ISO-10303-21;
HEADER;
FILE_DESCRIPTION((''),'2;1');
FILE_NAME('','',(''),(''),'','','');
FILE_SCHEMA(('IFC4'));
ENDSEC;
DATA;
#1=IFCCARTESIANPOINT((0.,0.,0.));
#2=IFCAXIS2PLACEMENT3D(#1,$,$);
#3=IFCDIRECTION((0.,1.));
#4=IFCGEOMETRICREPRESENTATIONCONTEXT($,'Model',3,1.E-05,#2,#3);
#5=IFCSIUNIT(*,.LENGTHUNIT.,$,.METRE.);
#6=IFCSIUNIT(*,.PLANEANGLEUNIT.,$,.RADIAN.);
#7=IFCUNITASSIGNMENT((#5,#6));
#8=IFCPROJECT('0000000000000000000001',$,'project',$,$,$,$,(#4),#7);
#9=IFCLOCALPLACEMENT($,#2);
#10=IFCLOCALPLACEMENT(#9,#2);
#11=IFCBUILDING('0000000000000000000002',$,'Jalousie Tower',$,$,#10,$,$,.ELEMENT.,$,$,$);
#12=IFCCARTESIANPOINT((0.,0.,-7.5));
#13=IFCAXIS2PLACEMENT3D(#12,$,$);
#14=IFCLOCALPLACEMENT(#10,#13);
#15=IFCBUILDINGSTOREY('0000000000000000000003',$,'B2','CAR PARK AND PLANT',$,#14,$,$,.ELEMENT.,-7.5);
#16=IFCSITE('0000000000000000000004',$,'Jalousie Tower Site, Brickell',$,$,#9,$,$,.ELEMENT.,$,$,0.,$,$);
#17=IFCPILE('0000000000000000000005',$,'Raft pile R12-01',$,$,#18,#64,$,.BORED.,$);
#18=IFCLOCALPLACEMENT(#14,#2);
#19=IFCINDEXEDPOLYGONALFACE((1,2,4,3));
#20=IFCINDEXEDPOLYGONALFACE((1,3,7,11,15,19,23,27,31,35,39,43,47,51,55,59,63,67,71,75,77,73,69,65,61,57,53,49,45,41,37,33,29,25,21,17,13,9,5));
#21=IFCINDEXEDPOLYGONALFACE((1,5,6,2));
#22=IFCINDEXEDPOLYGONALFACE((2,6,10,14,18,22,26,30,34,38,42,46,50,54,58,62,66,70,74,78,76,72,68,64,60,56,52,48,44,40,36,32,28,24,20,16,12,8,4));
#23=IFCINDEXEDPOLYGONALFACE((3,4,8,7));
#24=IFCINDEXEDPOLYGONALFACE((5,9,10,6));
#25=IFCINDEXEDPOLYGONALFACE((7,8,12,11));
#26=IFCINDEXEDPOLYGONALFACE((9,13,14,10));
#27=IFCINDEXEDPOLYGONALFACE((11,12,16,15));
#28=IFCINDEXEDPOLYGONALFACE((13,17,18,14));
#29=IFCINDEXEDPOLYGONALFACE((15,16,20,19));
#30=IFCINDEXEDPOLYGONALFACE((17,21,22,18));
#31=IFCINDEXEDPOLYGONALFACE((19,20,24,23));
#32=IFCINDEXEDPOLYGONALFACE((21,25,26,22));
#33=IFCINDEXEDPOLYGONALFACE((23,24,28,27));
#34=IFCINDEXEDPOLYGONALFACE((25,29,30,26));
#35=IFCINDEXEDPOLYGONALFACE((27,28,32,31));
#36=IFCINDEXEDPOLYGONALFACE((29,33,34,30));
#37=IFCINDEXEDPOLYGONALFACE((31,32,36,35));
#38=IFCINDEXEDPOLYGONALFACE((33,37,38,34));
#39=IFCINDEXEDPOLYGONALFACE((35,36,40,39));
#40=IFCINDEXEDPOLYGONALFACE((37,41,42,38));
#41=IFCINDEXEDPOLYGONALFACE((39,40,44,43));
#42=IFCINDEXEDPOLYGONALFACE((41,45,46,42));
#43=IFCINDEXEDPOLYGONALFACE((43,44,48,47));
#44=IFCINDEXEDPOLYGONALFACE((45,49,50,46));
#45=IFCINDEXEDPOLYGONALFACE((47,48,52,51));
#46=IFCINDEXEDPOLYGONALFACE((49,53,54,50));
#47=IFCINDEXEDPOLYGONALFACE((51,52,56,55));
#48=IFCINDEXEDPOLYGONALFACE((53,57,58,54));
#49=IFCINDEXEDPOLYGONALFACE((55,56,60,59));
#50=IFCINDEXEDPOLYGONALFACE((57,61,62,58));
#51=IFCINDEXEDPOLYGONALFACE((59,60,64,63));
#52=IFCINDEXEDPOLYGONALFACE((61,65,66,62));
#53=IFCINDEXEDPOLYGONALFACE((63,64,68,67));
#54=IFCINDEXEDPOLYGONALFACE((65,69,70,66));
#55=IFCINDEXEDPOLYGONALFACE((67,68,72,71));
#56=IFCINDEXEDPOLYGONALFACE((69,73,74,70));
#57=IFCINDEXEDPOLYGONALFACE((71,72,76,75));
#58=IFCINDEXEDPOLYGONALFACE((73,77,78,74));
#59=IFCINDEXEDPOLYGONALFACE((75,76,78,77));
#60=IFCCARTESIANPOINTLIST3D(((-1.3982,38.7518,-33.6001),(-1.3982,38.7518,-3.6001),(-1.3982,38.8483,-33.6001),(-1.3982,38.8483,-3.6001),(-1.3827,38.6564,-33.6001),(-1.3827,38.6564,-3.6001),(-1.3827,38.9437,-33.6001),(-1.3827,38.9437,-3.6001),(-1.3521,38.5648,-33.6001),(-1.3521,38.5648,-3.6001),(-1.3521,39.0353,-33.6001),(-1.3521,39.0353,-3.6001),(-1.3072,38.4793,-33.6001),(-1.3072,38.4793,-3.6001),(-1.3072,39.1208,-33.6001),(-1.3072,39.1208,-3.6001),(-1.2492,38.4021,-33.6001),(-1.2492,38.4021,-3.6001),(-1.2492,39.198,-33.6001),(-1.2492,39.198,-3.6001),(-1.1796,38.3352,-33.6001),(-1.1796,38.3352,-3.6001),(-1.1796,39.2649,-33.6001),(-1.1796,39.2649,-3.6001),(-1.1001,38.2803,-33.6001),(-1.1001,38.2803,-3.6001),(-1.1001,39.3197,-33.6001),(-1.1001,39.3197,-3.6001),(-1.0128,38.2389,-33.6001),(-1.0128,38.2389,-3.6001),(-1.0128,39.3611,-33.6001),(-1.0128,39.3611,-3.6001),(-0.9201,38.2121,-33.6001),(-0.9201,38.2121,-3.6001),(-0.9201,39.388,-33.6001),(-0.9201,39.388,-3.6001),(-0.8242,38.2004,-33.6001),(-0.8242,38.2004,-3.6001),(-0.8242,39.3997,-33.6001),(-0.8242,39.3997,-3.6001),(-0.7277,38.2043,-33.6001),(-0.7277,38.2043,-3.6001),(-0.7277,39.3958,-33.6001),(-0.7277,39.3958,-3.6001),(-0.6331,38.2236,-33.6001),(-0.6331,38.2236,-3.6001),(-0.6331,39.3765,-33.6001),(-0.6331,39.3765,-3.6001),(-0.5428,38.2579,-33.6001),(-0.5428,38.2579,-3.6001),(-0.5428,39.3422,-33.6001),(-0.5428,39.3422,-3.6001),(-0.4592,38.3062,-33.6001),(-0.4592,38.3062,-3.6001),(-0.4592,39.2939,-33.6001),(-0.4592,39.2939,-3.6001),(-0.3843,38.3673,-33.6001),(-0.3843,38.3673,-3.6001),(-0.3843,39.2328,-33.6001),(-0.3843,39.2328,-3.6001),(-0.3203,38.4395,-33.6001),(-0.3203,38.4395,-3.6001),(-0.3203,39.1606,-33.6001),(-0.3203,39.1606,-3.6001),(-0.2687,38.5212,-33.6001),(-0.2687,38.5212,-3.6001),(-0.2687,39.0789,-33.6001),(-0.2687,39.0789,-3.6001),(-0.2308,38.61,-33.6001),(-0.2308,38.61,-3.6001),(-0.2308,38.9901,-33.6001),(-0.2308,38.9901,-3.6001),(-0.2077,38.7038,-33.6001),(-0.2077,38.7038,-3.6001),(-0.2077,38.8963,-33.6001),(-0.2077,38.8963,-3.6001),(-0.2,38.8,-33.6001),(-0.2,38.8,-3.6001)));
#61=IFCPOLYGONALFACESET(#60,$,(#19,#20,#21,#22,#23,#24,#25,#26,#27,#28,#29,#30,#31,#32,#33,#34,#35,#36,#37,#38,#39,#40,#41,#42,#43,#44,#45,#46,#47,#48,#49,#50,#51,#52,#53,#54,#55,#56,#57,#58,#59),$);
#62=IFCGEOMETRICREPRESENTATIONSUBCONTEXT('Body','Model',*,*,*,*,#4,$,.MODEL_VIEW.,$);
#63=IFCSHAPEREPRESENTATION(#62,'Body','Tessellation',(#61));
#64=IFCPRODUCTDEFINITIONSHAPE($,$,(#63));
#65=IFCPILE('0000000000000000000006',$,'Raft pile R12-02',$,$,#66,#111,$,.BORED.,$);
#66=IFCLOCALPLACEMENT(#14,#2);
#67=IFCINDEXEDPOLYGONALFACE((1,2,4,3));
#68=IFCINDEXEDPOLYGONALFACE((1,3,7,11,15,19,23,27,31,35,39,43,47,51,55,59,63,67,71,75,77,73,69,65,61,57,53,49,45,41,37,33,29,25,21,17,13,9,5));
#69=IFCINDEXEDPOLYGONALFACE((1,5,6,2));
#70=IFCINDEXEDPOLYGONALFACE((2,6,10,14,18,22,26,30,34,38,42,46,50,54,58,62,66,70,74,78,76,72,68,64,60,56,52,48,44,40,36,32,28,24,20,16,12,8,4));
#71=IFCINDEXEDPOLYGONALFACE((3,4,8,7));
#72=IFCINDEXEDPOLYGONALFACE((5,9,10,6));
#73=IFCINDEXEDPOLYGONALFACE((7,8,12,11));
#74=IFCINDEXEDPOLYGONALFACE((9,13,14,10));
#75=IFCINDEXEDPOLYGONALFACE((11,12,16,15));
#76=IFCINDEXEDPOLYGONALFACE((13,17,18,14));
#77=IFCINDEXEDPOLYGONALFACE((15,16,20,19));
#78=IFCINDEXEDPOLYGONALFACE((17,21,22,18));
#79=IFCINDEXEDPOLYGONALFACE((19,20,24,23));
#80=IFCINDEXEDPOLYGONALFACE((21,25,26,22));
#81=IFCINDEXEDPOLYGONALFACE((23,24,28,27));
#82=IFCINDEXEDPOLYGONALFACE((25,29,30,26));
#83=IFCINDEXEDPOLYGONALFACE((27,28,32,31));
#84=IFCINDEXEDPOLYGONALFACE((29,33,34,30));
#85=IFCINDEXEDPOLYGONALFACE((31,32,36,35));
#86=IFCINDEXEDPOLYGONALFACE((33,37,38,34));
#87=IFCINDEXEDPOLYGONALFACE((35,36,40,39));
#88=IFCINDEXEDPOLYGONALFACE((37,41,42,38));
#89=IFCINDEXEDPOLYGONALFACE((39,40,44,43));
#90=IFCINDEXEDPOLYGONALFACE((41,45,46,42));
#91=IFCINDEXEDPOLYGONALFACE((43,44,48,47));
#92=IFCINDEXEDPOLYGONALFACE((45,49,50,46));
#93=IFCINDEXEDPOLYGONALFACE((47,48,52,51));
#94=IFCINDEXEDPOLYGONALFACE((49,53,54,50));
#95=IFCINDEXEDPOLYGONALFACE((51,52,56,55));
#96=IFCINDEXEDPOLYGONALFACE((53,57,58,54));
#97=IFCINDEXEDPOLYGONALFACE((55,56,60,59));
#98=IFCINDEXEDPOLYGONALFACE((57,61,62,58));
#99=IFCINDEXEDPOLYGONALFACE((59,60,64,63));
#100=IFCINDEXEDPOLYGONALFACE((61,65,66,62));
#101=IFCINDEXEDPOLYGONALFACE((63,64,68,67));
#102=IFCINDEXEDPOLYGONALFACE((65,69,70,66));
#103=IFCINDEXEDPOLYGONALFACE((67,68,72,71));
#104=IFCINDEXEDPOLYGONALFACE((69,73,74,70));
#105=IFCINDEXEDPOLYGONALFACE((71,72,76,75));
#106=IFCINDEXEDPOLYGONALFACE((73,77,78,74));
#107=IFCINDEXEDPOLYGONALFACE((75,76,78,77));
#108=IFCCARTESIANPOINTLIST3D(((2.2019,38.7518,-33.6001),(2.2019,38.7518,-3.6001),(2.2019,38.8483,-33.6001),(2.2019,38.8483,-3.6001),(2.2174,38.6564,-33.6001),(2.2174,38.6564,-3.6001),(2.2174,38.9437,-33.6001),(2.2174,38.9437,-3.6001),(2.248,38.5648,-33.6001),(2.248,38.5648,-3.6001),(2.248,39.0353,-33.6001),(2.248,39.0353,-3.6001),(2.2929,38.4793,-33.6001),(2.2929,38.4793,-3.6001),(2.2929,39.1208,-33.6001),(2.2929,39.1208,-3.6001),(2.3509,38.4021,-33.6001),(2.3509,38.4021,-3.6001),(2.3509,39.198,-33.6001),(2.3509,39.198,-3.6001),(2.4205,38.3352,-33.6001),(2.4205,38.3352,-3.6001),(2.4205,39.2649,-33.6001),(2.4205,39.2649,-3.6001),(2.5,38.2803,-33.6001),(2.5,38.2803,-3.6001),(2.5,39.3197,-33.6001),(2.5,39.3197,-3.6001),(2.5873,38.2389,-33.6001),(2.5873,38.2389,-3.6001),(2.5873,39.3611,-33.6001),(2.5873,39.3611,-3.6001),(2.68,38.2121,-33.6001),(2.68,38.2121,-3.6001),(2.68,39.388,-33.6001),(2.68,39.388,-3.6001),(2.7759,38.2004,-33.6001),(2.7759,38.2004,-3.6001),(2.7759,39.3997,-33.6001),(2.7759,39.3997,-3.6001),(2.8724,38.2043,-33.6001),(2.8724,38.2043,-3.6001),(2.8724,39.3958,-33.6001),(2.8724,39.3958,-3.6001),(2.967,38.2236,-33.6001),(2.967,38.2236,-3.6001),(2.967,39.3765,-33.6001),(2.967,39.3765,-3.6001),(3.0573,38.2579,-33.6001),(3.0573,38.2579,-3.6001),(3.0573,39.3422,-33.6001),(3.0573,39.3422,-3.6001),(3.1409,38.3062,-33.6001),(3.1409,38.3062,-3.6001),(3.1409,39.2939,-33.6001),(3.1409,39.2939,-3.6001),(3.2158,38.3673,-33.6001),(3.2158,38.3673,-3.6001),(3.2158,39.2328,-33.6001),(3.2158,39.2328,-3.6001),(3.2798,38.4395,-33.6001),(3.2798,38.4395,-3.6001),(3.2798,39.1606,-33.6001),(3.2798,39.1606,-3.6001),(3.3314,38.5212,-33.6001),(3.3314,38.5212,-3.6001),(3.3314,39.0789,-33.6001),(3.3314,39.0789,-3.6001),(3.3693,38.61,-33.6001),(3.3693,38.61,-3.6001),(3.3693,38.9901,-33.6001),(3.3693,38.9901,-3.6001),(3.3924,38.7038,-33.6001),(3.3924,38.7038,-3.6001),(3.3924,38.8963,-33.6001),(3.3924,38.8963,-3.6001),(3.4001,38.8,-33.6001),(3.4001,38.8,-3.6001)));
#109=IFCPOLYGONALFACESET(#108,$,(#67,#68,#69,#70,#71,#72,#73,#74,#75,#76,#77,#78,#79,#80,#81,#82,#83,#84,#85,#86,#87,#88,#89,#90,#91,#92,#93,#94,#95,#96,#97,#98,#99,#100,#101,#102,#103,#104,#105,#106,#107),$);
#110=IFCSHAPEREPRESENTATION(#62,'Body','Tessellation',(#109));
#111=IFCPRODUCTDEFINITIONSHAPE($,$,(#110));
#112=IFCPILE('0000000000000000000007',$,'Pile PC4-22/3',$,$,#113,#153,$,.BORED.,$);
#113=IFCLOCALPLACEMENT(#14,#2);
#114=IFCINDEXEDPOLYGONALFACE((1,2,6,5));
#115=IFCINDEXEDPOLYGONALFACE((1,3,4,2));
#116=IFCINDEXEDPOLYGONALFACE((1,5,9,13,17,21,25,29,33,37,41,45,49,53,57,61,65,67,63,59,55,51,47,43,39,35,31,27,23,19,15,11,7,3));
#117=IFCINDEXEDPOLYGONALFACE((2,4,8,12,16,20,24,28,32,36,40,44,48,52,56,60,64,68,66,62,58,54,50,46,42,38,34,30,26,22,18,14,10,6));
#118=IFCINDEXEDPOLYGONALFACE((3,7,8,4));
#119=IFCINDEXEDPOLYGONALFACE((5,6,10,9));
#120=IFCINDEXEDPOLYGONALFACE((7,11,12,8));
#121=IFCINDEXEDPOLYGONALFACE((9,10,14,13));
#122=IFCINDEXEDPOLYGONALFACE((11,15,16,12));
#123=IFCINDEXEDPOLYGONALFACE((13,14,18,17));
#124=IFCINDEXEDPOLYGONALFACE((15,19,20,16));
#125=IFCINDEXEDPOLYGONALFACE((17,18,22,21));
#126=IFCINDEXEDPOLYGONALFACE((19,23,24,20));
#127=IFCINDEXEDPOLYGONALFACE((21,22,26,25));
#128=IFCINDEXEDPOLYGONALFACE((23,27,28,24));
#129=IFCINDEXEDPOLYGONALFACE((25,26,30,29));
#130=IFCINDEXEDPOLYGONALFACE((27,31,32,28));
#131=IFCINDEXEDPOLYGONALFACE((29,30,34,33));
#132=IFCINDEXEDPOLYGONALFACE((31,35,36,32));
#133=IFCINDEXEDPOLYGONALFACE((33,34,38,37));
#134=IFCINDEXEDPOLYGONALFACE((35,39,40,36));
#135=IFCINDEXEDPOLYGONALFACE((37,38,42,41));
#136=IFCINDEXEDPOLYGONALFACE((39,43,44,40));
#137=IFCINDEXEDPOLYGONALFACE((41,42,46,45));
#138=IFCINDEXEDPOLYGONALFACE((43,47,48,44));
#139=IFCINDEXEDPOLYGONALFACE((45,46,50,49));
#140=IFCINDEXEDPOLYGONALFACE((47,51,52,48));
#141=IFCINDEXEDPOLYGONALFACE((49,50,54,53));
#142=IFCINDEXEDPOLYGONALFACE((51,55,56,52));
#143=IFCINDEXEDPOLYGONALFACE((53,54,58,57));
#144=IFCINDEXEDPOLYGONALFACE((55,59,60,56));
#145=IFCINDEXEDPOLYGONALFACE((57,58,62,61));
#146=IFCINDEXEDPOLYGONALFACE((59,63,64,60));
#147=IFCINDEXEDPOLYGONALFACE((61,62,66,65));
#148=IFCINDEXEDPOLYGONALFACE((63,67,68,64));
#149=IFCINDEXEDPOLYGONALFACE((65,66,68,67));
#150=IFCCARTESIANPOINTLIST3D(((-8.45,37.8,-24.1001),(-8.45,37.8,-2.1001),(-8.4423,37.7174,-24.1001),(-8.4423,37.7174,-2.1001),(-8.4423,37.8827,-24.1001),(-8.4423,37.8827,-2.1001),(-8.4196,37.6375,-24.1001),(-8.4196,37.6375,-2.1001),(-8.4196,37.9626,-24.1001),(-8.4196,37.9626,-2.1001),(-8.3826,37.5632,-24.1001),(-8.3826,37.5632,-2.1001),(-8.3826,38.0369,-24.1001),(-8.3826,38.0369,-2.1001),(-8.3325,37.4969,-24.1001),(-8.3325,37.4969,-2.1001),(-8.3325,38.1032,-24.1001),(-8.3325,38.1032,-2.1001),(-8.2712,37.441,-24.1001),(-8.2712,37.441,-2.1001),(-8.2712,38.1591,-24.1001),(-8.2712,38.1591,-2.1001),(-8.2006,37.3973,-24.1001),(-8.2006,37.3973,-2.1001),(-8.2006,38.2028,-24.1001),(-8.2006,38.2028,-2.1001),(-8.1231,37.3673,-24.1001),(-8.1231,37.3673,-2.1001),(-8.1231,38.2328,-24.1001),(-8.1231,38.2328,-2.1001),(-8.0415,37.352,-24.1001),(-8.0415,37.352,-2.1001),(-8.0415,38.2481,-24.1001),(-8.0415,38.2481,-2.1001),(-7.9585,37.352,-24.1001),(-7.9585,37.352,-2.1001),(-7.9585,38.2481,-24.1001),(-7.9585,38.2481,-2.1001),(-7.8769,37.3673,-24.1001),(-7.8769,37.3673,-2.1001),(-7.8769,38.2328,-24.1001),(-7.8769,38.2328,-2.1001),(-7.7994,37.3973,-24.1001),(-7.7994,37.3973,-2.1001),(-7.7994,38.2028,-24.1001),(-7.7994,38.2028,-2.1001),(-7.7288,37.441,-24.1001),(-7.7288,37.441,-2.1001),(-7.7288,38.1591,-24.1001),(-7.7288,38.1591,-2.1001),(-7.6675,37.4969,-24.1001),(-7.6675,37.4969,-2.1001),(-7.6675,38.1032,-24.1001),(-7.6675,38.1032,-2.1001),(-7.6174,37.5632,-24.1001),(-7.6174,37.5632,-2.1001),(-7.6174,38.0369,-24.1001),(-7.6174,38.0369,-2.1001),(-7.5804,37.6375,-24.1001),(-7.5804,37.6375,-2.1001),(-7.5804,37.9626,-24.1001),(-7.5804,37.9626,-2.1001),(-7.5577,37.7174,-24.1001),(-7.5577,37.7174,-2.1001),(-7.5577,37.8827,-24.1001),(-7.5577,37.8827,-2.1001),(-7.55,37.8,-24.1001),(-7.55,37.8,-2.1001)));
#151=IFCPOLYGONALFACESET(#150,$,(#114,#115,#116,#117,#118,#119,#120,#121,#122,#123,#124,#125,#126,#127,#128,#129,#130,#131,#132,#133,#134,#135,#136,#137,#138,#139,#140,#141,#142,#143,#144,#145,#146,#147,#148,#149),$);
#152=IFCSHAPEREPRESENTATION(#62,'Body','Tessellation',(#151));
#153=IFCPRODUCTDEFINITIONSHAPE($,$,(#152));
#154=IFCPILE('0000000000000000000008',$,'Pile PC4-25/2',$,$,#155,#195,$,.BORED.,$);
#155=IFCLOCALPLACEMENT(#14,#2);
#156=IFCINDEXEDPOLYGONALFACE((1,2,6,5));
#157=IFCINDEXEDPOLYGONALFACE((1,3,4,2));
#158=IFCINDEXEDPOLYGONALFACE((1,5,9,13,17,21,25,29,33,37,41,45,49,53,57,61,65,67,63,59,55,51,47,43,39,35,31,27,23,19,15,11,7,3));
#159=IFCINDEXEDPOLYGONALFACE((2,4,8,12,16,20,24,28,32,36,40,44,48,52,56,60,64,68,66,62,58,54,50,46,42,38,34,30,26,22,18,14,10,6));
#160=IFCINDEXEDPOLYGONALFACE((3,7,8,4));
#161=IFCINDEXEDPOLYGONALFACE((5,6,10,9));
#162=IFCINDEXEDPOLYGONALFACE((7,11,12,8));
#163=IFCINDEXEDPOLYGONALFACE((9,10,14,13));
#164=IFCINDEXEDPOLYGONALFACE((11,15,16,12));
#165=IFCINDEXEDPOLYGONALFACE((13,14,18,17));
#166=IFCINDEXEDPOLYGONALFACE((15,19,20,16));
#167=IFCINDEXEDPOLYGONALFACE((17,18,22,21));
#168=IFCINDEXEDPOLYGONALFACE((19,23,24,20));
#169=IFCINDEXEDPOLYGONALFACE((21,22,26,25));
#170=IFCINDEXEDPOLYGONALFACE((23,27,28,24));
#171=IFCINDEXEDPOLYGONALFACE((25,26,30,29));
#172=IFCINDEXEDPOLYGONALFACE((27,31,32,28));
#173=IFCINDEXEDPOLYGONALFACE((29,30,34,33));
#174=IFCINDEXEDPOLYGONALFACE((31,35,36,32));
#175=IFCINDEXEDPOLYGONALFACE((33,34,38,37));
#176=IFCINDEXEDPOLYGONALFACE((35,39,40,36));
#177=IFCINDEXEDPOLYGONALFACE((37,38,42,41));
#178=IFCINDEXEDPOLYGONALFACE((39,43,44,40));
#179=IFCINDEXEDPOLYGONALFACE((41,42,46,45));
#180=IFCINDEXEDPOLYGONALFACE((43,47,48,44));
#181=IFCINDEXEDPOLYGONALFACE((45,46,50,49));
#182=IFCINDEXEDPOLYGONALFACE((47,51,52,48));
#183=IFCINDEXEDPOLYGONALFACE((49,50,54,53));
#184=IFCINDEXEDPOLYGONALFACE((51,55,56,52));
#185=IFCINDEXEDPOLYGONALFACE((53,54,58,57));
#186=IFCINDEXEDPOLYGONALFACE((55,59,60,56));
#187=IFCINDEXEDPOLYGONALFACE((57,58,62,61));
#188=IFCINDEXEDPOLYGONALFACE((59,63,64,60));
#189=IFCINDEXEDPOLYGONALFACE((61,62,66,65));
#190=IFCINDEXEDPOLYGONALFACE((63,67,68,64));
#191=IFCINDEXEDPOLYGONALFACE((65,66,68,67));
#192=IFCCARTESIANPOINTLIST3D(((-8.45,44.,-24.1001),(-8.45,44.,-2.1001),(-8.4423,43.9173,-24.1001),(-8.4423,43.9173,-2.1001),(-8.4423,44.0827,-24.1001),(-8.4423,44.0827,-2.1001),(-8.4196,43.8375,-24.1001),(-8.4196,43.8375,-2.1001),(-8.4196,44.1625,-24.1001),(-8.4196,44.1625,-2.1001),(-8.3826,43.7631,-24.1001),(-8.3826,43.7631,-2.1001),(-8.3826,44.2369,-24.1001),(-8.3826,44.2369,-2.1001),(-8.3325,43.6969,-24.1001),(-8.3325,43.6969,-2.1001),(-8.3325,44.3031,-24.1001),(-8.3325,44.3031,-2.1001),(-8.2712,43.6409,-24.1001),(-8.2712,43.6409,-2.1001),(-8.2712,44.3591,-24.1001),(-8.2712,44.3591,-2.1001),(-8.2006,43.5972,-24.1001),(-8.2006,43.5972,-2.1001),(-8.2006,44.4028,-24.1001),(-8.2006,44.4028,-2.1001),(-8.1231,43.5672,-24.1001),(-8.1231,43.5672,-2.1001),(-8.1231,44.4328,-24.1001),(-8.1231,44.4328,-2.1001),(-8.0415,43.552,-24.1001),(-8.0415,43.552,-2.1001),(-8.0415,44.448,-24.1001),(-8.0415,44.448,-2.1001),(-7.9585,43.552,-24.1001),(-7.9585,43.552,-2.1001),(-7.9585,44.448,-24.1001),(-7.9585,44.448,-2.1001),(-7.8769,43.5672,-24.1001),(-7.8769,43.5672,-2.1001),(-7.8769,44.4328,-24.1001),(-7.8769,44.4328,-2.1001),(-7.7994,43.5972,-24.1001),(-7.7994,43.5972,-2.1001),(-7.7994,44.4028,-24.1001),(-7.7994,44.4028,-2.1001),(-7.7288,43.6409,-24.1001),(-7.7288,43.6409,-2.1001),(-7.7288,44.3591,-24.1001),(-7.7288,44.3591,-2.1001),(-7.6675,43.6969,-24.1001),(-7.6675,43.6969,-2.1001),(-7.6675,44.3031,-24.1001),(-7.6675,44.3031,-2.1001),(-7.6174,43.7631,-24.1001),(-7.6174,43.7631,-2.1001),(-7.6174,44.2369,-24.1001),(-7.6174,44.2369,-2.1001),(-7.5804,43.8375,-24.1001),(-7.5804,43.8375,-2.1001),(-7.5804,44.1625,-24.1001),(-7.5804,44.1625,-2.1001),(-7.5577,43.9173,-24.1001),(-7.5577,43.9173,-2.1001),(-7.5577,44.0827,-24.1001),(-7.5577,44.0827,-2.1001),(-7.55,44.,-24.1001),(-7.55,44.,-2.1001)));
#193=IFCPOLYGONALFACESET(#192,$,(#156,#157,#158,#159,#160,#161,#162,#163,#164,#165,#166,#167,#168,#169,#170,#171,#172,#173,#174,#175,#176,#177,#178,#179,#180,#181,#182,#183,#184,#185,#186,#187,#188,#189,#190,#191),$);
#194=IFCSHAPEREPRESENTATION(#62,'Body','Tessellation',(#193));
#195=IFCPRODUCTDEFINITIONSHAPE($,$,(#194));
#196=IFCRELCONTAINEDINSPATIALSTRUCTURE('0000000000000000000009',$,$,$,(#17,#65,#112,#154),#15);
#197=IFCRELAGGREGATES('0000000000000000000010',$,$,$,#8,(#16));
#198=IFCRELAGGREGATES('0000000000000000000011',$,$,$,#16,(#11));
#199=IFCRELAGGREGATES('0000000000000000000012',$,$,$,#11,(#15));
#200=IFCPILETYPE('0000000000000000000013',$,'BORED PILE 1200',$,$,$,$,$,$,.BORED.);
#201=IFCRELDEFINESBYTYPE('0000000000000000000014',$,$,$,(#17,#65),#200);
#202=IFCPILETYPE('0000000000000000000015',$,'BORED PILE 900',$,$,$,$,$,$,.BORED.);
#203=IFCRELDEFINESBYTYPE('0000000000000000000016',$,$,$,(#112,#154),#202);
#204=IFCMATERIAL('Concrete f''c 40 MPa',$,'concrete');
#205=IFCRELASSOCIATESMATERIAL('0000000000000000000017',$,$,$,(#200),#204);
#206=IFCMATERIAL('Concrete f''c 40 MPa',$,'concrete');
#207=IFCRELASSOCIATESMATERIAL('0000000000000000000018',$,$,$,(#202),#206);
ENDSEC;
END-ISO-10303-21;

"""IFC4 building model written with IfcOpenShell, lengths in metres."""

from ifc_helpers import new_model, si_unit, direction, frame, origin, origin_2d, place, context, subcontext, project, spatial, circle, extrude, material, material_profile, profile_set, type_object, element, save


model = new_model("IFC4")

# Units and contexts
model_context = context("Model", 3, precision=1e-05, world=origin(), true_north=direction((0.0, 1.0)))
body_context = subcontext(model_context, "Body", "Model", "MODEL_VIEW")
ifc_project = project(units=[si_unit("LENGTHUNIT", "METRE"), si_unit("PLANEANGLEUNIT", "RADIAN")], contexts=[model_context])

# Site, building, storey
site_placement = place(None, origin())
site = spatial("IfcSite", under=ifc_project, at=site_placement, Name="Jalousie Tower Site, Brickell", CompositionType="ELEMENT", RefElevation=0.0)
building_placement = place(site_placement, origin())
building = spatial("IfcBuilding", under=site, at=building_placement, Name="Jalousie Tower", CompositionType="ELEMENT")
storey_placement = place(building_placement, frame((0.0, 0.0, -7.5)))
storey = spatial("IfcBuildingStorey", under=building, at=storey_placement, Name="B2", Description="CAR PARK AND PLANT", CompositionType="ELEMENT", Elevation=-7.5)

# Piles
ifc_material_1 = material(Name="Concrete f'c 40 MPa", Category="concrete")
ifc_material_profile_1 = material_profile(ifc_material_1, circle(Radius=0.6001, at=origin_2d()), Name="BORED PILE D1200")
ifc_profile_set_1 = profile_set([ifc_material_profile_1], Name="Concrete f'c 40 MPa")
pile_type_1 = type_object("IfcPileType", Name="BORED PILE 1200", PredefinedType="BORED", material=ifc_profile_set_1)
for number, where, z_axis, x_axis, name in (
    (1, (-0.8, 38.8, -3.6001), (0.0, 0.0, -1.0), (1.0, 0.0, 0.0), "Raft pile R12-01"),
    (2, (2.8, 38.8, -3.6001), (0.0, 0.0, -1.0), (1.0, 0.0, 0.0), "Raft pile R12-02"),
):
    element("IfcPile", number, at=place(storey_placement, frame(where, z_axis=z_axis, x_axis=x_axis)), inside=storey, type_object=pile_type_1, Name=name, PredefinedType="BORED", context=body_context, shape_type="SweptSolid", body=[
        extrude(circle(Radius=0.6001, at=origin_2d()), origin(), (0.0, 0.0, 1.0), 30.0),
    ])
ifc_material_2 = material(Name="Concrete f'c 40 MPa", Category="concrete")
ifc_material_profile_2 = material_profile(ifc_material_2, circle(Radius=0.45, at=origin_2d()), Name="BORED PILE D900")
ifc_profile_set_2 = profile_set([ifc_material_profile_2], Name="Concrete f'c 40 MPa")
pile_type_2 = type_object("IfcPileType", Name="BORED PILE 900", PredefinedType="BORED", material=ifc_profile_set_2)
for number, where, z_axis, x_axis, name in (
    (3, (-8.0, 37.8, -2.1001), (0.0, 0.0, -1.0), (1.0, 0.0, 0.0), "Pile PC4-22/3"),
    (4, (-8.0, 44.0, -2.1001), (0.0, 0.0, -1.0), (1.0, 0.0, 0.0), "Pile PC4-25/2"),
):
    element("IfcPile", number, at=place(storey_placement, frame(where, z_axis=z_axis, x_axis=x_axis)), inside=storey, type_object=pile_type_2, Name=name, PredefinedType="BORED", context=body_context, shape_type="SweptSolid", body=[
        extrude(circle(Radius=0.45, at=origin_2d()), origin(), (0.0, 0.0, 1.0), 22.0),
    ])

save(model, "model.ifc")
